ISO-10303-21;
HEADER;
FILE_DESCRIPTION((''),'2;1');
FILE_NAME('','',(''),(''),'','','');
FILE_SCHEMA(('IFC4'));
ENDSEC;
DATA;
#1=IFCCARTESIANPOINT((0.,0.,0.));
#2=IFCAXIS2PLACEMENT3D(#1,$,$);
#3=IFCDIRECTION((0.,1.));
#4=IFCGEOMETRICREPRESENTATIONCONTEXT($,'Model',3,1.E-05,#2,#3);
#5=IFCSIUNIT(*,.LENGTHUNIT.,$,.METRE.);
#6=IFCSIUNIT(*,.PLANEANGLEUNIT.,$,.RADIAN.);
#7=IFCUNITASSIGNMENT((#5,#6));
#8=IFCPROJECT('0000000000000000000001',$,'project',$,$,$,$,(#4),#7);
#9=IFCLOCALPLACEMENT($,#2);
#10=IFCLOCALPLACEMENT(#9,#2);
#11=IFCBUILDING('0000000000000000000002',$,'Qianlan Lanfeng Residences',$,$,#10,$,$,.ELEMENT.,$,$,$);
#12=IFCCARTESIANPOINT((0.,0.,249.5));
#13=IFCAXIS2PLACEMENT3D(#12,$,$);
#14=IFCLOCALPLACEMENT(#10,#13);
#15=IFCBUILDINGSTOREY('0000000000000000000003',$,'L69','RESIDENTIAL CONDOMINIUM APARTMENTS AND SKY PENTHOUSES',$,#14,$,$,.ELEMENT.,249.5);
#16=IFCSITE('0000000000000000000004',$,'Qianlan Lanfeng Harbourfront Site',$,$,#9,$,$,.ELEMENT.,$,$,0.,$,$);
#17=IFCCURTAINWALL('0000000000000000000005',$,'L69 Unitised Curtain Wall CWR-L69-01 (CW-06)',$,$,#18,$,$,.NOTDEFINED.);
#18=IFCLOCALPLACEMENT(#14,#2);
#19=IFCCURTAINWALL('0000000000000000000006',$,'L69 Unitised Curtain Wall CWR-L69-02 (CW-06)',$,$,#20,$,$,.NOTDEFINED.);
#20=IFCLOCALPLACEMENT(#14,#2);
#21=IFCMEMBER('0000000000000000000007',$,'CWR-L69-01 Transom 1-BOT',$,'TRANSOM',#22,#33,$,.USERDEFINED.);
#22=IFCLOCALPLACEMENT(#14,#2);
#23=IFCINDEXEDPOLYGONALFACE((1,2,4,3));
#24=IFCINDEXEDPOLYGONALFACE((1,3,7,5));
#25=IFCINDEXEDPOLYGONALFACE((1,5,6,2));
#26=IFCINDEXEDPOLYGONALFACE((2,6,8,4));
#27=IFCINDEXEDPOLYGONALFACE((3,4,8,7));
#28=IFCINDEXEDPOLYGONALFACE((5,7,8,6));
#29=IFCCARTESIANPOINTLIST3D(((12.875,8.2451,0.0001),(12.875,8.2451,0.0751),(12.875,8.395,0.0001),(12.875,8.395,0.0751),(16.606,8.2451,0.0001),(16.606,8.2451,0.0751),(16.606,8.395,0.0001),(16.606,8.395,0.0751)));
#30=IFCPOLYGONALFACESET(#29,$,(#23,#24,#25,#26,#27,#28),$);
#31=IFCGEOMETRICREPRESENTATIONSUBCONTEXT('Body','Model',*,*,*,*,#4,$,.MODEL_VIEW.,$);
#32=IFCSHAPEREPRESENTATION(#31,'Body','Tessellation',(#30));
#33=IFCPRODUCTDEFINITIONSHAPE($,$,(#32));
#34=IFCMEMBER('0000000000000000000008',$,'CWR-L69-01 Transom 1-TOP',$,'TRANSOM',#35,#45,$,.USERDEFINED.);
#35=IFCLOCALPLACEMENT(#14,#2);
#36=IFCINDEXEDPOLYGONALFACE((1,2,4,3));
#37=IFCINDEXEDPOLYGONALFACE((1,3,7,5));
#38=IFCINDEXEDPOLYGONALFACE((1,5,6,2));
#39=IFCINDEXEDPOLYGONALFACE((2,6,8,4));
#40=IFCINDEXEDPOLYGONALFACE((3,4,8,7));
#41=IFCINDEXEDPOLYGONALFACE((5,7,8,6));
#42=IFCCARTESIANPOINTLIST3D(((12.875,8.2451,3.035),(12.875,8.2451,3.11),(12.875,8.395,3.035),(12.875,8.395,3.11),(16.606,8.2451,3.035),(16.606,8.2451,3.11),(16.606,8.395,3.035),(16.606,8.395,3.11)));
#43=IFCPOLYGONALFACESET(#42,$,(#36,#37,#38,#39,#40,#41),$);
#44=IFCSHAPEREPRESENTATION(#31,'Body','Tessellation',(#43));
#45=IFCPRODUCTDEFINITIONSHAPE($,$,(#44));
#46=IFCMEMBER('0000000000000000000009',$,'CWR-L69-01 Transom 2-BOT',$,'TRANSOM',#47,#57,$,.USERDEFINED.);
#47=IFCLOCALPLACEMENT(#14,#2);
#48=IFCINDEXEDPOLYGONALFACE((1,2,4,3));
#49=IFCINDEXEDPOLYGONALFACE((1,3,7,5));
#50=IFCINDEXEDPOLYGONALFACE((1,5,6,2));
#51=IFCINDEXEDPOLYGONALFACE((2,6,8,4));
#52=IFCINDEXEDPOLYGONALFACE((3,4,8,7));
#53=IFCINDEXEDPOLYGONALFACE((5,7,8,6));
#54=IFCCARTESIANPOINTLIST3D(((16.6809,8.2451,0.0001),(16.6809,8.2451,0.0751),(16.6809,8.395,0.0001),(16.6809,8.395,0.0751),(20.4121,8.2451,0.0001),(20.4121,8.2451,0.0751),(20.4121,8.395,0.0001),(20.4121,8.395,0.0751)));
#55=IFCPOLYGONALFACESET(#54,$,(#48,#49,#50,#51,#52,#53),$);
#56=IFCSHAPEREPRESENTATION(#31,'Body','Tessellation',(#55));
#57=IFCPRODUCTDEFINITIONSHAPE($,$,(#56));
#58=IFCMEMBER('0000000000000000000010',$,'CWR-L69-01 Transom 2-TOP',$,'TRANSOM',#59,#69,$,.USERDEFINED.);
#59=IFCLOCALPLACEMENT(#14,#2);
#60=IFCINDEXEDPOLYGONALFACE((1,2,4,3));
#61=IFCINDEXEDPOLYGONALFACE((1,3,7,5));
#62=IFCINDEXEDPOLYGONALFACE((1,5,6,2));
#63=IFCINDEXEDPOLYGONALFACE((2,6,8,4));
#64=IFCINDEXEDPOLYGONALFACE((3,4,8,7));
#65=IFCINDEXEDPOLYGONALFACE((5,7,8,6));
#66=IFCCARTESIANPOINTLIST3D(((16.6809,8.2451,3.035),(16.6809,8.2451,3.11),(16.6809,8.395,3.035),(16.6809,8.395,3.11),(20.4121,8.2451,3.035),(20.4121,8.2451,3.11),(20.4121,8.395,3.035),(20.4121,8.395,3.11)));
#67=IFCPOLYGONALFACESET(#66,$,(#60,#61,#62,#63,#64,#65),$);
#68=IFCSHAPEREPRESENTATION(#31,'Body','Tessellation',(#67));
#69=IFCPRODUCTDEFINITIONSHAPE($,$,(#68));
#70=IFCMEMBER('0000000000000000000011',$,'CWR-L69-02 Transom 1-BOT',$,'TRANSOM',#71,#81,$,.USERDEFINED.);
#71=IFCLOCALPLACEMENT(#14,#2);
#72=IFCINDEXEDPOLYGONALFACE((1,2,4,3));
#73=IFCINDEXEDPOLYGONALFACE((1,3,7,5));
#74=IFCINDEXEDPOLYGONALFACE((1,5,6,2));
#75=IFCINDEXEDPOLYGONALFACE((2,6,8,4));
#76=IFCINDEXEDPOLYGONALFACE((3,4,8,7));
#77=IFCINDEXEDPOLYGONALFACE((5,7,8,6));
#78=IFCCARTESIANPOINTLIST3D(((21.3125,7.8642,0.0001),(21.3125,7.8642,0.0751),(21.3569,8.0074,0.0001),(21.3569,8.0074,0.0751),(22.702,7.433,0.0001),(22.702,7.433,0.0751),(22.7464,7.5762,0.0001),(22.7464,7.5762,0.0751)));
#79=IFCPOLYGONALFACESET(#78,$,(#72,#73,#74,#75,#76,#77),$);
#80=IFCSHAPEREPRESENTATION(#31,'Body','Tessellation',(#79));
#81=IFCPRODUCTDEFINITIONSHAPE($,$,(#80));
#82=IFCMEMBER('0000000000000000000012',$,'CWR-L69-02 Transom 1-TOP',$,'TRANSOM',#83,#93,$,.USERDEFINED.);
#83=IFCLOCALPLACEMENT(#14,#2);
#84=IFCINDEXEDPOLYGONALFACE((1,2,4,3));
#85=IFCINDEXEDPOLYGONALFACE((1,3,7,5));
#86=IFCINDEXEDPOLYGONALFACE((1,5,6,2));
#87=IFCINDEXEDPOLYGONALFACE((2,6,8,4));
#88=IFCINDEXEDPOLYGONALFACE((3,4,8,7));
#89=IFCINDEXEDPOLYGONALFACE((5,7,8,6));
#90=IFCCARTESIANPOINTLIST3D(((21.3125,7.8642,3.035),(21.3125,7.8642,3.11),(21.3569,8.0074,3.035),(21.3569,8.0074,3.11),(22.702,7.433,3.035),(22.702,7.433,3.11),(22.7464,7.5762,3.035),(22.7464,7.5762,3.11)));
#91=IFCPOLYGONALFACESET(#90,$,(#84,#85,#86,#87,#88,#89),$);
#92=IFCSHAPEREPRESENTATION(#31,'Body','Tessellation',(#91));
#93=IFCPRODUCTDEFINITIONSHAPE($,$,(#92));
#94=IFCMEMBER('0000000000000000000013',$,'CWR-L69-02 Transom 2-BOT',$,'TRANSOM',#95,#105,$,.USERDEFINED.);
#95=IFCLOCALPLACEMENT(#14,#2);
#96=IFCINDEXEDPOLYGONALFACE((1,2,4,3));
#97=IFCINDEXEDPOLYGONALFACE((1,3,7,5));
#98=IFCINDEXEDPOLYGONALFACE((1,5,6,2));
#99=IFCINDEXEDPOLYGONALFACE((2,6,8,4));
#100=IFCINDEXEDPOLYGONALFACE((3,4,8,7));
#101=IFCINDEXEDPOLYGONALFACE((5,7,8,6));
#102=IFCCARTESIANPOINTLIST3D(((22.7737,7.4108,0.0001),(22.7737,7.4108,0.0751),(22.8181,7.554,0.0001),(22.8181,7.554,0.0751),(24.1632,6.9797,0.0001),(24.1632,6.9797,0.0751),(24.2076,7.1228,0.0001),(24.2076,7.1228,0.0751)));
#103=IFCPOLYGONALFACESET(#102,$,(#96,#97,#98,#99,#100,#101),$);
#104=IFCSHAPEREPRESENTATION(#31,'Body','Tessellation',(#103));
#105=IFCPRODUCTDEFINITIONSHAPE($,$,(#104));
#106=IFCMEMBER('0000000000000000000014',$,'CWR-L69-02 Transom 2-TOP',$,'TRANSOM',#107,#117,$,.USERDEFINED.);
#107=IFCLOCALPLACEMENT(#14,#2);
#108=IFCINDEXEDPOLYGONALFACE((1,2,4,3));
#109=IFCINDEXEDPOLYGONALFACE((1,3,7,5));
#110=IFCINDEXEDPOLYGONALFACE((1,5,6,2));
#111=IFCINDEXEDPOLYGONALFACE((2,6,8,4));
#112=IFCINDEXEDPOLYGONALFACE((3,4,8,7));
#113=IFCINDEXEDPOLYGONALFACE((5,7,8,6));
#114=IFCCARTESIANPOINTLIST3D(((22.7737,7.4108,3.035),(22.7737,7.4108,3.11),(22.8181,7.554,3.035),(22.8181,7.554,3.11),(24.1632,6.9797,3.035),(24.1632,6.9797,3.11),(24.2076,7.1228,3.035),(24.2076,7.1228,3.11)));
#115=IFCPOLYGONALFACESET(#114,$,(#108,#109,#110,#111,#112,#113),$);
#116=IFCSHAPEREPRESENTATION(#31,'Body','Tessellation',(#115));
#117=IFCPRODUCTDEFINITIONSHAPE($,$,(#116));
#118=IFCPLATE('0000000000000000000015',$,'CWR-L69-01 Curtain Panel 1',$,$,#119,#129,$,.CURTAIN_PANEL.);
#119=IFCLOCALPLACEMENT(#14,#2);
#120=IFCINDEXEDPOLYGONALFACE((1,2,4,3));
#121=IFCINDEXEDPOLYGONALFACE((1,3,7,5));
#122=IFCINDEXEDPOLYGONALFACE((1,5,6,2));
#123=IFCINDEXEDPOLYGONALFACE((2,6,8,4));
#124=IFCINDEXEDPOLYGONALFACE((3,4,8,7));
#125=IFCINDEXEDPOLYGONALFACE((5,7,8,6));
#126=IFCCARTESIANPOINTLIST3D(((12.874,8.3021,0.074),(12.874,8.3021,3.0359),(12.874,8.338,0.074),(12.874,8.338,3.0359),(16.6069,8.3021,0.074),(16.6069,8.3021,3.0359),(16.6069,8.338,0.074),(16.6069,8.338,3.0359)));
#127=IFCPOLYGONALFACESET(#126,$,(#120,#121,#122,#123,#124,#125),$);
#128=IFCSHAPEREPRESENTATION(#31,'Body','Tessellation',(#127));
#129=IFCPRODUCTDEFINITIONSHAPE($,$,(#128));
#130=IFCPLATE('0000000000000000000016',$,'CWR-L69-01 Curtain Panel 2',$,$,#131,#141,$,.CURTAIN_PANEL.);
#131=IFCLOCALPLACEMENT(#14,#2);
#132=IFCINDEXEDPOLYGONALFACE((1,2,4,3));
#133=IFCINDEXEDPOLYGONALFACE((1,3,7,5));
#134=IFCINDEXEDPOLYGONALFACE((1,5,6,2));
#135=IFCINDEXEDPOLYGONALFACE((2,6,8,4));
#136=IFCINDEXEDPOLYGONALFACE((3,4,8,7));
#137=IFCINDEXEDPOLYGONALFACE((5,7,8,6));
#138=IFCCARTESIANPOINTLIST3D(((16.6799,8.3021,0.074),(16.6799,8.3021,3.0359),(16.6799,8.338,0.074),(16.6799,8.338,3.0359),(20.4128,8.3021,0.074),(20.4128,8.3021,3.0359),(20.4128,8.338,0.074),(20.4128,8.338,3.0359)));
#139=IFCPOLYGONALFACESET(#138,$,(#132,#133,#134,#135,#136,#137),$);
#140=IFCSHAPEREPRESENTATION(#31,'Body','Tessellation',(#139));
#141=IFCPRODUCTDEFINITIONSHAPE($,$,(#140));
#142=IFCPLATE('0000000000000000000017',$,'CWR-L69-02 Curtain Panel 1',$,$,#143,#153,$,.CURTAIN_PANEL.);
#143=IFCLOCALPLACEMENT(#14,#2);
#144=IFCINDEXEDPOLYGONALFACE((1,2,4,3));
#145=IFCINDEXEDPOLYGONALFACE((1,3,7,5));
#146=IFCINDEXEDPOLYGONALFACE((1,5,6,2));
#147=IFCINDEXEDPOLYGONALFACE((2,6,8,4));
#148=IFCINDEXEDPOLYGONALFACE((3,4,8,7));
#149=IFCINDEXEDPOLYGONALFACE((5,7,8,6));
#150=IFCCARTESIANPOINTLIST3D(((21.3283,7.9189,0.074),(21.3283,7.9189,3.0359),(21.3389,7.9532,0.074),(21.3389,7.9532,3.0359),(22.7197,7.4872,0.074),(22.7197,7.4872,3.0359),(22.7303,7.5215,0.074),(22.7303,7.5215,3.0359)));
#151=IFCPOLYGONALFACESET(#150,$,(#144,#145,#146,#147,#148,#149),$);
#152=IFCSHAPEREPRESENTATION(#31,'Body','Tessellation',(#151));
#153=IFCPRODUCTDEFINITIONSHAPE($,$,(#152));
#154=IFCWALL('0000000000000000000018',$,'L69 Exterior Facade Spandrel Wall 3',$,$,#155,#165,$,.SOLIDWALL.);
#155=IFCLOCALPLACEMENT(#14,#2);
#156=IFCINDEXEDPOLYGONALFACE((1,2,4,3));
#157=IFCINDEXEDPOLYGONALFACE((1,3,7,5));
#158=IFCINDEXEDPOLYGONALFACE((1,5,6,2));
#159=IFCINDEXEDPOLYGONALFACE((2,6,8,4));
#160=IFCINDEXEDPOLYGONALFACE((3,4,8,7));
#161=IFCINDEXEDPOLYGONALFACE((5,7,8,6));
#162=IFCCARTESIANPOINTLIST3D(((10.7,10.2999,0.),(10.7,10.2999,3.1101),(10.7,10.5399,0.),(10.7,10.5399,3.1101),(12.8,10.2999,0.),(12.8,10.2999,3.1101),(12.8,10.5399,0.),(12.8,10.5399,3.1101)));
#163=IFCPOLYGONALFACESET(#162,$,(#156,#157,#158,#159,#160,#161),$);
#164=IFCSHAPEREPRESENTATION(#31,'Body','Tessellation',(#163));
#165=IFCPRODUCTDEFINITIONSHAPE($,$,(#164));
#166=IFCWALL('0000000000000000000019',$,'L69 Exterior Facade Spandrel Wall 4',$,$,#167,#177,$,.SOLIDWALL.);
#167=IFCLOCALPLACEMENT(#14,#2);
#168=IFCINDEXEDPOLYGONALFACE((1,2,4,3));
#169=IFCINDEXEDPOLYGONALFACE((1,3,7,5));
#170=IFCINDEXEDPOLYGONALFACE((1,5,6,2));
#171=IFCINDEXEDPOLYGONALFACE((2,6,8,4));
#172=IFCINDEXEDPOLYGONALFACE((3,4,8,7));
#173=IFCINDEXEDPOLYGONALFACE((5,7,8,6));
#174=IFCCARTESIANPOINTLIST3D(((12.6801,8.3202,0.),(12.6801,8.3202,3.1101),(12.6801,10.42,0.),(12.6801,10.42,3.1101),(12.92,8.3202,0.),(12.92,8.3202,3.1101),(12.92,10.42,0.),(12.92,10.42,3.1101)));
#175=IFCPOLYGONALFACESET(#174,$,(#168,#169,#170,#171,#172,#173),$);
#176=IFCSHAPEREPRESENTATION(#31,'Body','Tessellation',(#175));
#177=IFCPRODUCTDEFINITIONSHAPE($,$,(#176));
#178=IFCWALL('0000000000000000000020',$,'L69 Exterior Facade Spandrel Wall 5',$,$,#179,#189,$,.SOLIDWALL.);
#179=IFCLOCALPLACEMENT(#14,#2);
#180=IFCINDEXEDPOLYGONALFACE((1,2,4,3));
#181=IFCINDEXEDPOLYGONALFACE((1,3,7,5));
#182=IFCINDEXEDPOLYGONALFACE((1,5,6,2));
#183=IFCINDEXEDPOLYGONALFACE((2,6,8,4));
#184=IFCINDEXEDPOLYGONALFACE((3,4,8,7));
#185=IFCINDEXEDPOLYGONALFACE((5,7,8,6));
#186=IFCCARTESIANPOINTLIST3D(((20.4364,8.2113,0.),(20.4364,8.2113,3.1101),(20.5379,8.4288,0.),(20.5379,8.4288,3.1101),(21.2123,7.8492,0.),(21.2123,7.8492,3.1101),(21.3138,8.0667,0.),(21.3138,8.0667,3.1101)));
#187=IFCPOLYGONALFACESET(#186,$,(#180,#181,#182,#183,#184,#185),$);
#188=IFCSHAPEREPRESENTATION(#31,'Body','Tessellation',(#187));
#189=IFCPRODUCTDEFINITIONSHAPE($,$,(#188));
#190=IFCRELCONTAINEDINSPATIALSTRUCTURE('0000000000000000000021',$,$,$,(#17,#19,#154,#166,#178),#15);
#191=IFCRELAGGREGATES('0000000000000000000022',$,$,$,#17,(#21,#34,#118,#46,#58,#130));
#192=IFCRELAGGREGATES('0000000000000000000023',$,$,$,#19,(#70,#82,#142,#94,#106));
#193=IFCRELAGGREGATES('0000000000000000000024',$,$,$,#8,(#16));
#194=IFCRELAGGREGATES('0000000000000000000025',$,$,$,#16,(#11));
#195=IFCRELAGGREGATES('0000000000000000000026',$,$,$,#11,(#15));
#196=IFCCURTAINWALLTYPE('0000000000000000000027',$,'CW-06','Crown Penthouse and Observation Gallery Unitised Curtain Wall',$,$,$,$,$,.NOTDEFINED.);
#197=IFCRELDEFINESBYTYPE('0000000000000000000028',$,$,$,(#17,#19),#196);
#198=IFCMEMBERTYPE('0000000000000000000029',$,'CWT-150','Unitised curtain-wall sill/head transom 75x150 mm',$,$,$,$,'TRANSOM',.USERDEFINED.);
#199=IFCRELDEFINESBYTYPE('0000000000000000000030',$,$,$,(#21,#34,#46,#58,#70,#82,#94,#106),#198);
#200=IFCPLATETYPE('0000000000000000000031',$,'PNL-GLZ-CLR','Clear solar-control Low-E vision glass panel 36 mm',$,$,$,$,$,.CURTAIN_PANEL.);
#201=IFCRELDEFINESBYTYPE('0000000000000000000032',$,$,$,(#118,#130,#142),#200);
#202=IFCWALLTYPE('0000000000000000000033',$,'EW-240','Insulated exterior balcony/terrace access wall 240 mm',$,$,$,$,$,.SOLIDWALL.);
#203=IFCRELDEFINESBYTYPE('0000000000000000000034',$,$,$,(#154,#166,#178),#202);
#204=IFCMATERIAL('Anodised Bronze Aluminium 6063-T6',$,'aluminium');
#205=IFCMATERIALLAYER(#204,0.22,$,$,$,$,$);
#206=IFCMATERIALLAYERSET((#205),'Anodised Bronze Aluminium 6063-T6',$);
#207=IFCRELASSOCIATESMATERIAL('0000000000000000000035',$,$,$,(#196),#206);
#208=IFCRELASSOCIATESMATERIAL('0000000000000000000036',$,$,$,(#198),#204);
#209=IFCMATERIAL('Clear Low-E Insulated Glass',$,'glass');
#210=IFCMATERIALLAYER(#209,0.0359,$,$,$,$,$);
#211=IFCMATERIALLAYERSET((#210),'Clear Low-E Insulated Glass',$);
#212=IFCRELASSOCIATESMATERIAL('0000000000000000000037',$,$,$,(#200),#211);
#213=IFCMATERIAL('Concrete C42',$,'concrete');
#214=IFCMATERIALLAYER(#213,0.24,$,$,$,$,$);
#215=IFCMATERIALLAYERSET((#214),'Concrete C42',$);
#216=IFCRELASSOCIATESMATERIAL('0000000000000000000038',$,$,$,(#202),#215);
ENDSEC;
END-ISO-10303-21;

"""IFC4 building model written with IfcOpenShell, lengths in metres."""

from ifc_helpers import new_model, si_unit, direction, frame, frame_2d, origin, origin_2d, place, context, subcontext, project, spatial, rectangle, extrude, source, transform, mapped, material, layer, layer_set, material_profile, profile_set, type_object, element, aggregate, save


model = new_model("IFC4")

# Units and contexts
model_context = context("Model", 3, precision=1e-05, world=origin(), true_north=direction((0.0, 1.0)))
body_context = subcontext(model_context, "Body", "Model", "MODEL_VIEW")
ifc_project = project(units=[si_unit("LENGTHUNIT", "METRE"), si_unit("PLANEANGLEUNIT", "RADIAN")], contexts=[model_context])

# Site, building, storey
site_placement = place(None, origin())
site = spatial("IfcSite", under=ifc_project, at=site_placement, Name="Qianlan Lanfeng Harbourfront Site", CompositionType="ELEMENT", RefElevation=0.0)
building_placement = place(site_placement, origin())
building = spatial("IfcBuilding", under=site, at=building_placement, Name="Qianlan Lanfeng Residences", CompositionType="ELEMENT")
storey_placement = place(building_placement, frame((0.0, 0.0, 249.5)))
storey = spatial("IfcBuildingStorey", under=building, at=storey_placement, Name="L69", Description="RESIDENTIAL CONDOMINIUM APARTMENTS AND SKY PENTHOUSES", CompositionType="ELEMENT", Elevation=249.5)

# Curtain walls
ifc_material_1 = material(Name="Anodised Bronze Aluminium 6063-T6", Category="aluminium")
ifc_layer_1 = layer(ifc_material_1, 0.22)
ifc_layer_set_1 = layer_set([ifc_layer_1], Name="Anodised Bronze Aluminium 6063-T6")
curtain_wall_type = type_object("IfcCurtainWallType", Name="CW-06", Description="Crown Penthouse and Observation Gallery Unitised Curtain Wall", PredefinedType="NOTDEFINED", material=ifc_layer_set_1)
curtain_wall_1_placement = place(storey_placement, origin())
curtain_wall_1 = element("IfcCurtainWall", 1, at=curtain_wall_1_placement, inside=storey, type_object=curtain_wall_type, Name="L69 Unitised Curtain Wall CWR-L69-01 (CW-06)", PredefinedType="NOTDEFINED")
curtain_wall_2_placement = place(storey_placement, origin())
curtain_wall_2 = element("IfcCurtainWall", 2, at=curtain_wall_2_placement, inside=storey, type_object=curtain_wall_type, Name="L69 Unitised Curtain Wall CWR-L69-02 (CW-06)", PredefinedType="NOTDEFINED")

# Members
ifc_material_profile_1 = material_profile(ifc_material_1, rectangle(XDim=0.075, YDim=0.1499, at=origin_2d()), Name="ALU TRANSOM 75x150")
ifc_profile_set_1 = profile_set([ifc_material_profile_1], Name="Anodised Bronze Aluminium 6063-T6")
member_type_1 = type_object("IfcMemberType", Name="CWT-150", Description="Unitised curtain-wall sill/head transom 75x150 mm", ElementType="TRANSOM", PredefinedType="USERDEFINED", material=ifc_profile_set_1)
shared_shape_1 = source(origin(), body_context, "Body", "SweptSolid", [
    extrude(rectangle(XDim=0.075, YDim=0.1499, at=origin_2d()), origin(), (0.0, 0.0, 1.0), 3.731),
])
member_1_placement = place(storey_placement, frame((12.875, 8.3201, 0.0376), z_axis=(1.0, 0.0, 0.0), x_axis=(0.0, 0.0, 1.0)))
member_1 = element("IfcMember", 3, at=member_1_placement, type_object=member_type_1, Name="CWR-L69-01 Transom 1-BOT", ObjectType="TRANSOM", PredefinedType="USERDEFINED", context=body_context, shape_type="MappedRepresentation", body=[
    mapped(shared_shape_1, transform((0.0, 0.0, 0.0), scale=1.0)),
])
member_2_placement = place(storey_placement, frame((12.875, 8.3201, 3.0725), z_axis=(1.0, 0.0, 0.0), x_axis=(0.0, 0.0, 1.0)))
member_2 = element("IfcMember", 4, at=member_2_placement, type_object=member_type_1, Name="CWR-L69-01 Transom 1-TOP", ObjectType="TRANSOM", PredefinedType="USERDEFINED", context=body_context, shape_type="MappedRepresentation", body=[
    mapped(shared_shape_1, transform((0.0, 0.0, 0.0), scale=1.0)),
])
shared_shape_2 = source(origin(), body_context, "Body", "SweptSolid", [
    extrude(rectangle(XDim=0.075, YDim=0.1499, at=origin_2d()), origin(), (0.0, 0.0, 1.0), 3.7312),
])
member_3_placement = place(storey_placement, frame((16.6809, 8.3201, 0.0376), z_axis=(1.0, 0.0, 0.0), x_axis=(0.0, 0.0, 1.0)))
member_3 = element("IfcMember", 5, at=member_3_placement, type_object=member_type_1, Name="CWR-L69-01 Transom 2-BOT", ObjectType="TRANSOM", PredefinedType="USERDEFINED", context=body_context, shape_type="MappedRepresentation", body=[
    mapped(shared_shape_2, transform((0.0, 0.0, 0.0), scale=1.0)),
])
member_4_placement = place(storey_placement, frame((16.6809, 8.3201, 3.0725), z_axis=(1.0, 0.0, 0.0), x_axis=(0.0, 0.0, 1.0)))
member_4 = element("IfcMember", 6, at=member_4_placement, type_object=member_type_1, Name="CWR-L69-01 Transom 2-TOP", ObjectType="TRANSOM", PredefinedType="USERDEFINED", context=body_context, shape_type="MappedRepresentation", body=[
    mapped(shared_shape_2, transform((0.0, 0.0, 0.0), scale=1.0)),
])
shared_shape_3 = source(origin(), body_context, "Body", "SweptSolid", [
    extrude(rectangle(XDim=0.075, YDim=0.1499, at=origin_2d()), origin(), (0.0, 0.0, 1.0), 1.4548),
])
member_5_placement = place(storey_placement, frame((21.3347, 7.9358, 0.0376), z_axis=(0.955072, -0.296373, 0.0), x_axis=(0.0, 0.0, 1.0)))
member_5 = element("IfcMember", 7, at=member_5_placement, type_object=member_type_1, Name="CWR-L69-02 Transom 1-BOT", ObjectType="TRANSOM", PredefinedType="USERDEFINED", context=body_context, shape_type="MappedRepresentation", body=[
    mapped(shared_shape_3, transform((0.0, 0.0, 0.0), scale=1.0)),
])
member_6_placement = place(storey_placement, frame((21.3347, 7.9358, 3.0725), z_axis=(0.955072, -0.296373, 0.0), x_axis=(0.0, 0.0, 1.0)))
member_6 = element("IfcMember", 8, at=member_6_placement, type_object=member_type_1, Name="CWR-L69-02 Transom 1-TOP", ObjectType="TRANSOM", PredefinedType="USERDEFINED", context=body_context, shape_type="MappedRepresentation", body=[
    mapped(shared_shape_3, transform((0.0, 0.0, 0.0), scale=1.0)),
])
member_7_placement = place(storey_placement, frame((22.7959, 7.4824, 0.0376), z_axis=(0.955072, -0.296373, 0.0), x_axis=(0.0, 0.0, 1.0)))
member_7 = element("IfcMember", 9, at=member_7_placement, type_object=member_type_1, Name="CWR-L69-02 Transom 2-BOT", ObjectType="TRANSOM", PredefinedType="USERDEFINED", context=body_context, shape_type="MappedRepresentation", body=[
    mapped(shared_shape_3, transform((0.0, 0.0, 0.0), scale=1.0)),
])
member_8_placement = place(storey_placement, frame((22.7959, 7.4824, 3.0725), z_axis=(0.955072, -0.296373, 0.0), x_axis=(0.0, 0.0, 1.0)))
member_8 = element("IfcMember", 10, at=member_8_placement, type_object=member_type_1, Name="CWR-L69-02 Transom 2-TOP", ObjectType="TRANSOM", PredefinedType="USERDEFINED", context=body_context, shape_type="MappedRepresentation", body=[
    mapped(shared_shape_3, transform((0.0, 0.0, 0.0), scale=1.0)),
])

# Plates
ifc_material_2 = material(Name="Clear Low-E Insulated Glass", Category="glass")
ifc_layer_2 = layer(ifc_material_2, 0.0359)
ifc_layer_set_2 = layer_set([ifc_layer_2], Name="Clear Low-E Insulated Glass")
plate_type = type_object("IfcPlateType", Name="PNL-GLZ-CLR", Description="Clear solar-control Low-E vision glass panel 36 mm", PredefinedType="CURTAIN_PANEL", material=ifc_layer_set_2)
shared_shape_4 = source(origin(), body_context, "Body", "SweptSolid", [
    extrude(rectangle(XDim=3.7329, YDim=0.0359, at=origin_2d()), origin(), (0.0, 0.0, 1.0), 2.9619),
])
plate_1_placement = place(storey_placement, frame((14.7405, 8.3201, 0.074), z_axis=(0.0, 0.0, 1.0), x_axis=(1.0, 0.0, 0.0)))
plate_1 = element("IfcPlate", 11, at=plate_1_placement, type_object=plate_type, Name="CWR-L69-01 Curtain Panel 1", PredefinedType="CURTAIN_PANEL", context=body_context, shape_type="MappedRepresentation", body=[
    mapped(shared_shape_4, transform((0.0, 0.0, 0.0), scale=1.0)),
])
plate_2_placement = place(storey_placement, frame((18.5464, 8.3201, 0.074), z_axis=(0.0, 0.0, 1.0), x_axis=(1.0, 0.0, 0.0)))
plate_2 = element("IfcPlate", 12, at=plate_2_placement, type_object=plate_type, Name="CWR-L69-01 Curtain Panel 2", PredefinedType="CURTAIN_PANEL", context=body_context, shape_type="MappedRepresentation", body=[
    mapped(shared_shape_4, transform((0.0, 0.0, 0.0), scale=1.0)),
])
aggregate(curtain_wall_1, [member_1, member_2, plate_1, member_3, member_4, plate_2])
shared_shape_5 = source(origin(), body_context, "Body", "SweptSolid", [
    extrude(rectangle(XDim=1.4568, YDim=0.0359, at=origin_2d()), origin(), (0.0, 0.0, 1.0), 2.9619),
])
plate_3_placement = place(storey_placement, frame((22.0293, 7.7202, 0.074), z_axis=(0.0, 0.0, 1.0), x_axis=(0.95508, -0.296348, 0.0)))
plate_3 = element("IfcPlate", 13, at=plate_3_placement, type_object=plate_type, Name="CWR-L69-02 Curtain Panel 1", PredefinedType="CURTAIN_PANEL", context=body_context, shape_type="MappedRepresentation", body=[
    mapped(shared_shape_5, transform((0.0, 0.0, 0.0), scale=1.0)),
])
aggregate(curtain_wall_2, [member_5, member_6, plate_3, member_7, member_8])

# Walls
ifc_material_3 = material(Name="Concrete C42", Category="concrete")
ifc_layer_3 = layer(ifc_material_3, 0.24)
ifc_layer_set_3 = layer_set([ifc_layer_3], Name="Concrete C42")
wall_type_1 = type_object("IfcWallType", Name="EW-240", Description="Insulated exterior balcony/terrace access wall 240 mm", PredefinedType="SOLIDWALL", material=ifc_layer_set_3)
wall_1_placement = place(storey_placement, frame((10.7, 10.4199, 0.0), z_axis=(0.0, 0.0, 1.0), x_axis=(1.0, 0.0, 0.0)))
element("IfcWall", 14, at=wall_1_placement, inside=storey, type_object=wall_type_1, Name="L69 Exterior Facade Spandrel Wall 3", PredefinedType="SOLIDWALL", context=body_context, shape_type="SweptSolid", body=[
    extrude(rectangle(XDim=2.1001, YDim=0.24, at=frame_2d((1.05, 0.0))), origin(), (0.0, 0.0, 1.0), 3.1101),
])
wall_2_placement = place(storey_placement, frame((12.8, 10.4199, 0.0), z_axis=(0.0, 0.0, 1.0), x_axis=(0.0, -1.0, 0.0)))
element("IfcWall", 15, at=wall_2_placement, inside=storey, type_object=wall_type_1, Name="L69 Exterior Facade Spandrel Wall 4", PredefinedType="SOLIDWALL", context=body_context, shape_type="SweptSolid", body=[
    extrude(rectangle(XDim=2.0999, YDim=0.24, at=frame_2d((1.0498, 0.0))), origin(), (0.0, 0.0, 1.0), 3.1101),
])
wall_3_placement = place(storey_placement, frame((20.4871, 8.3201, 0.0), z_axis=(0.0, 0.0, 1.0), x_axis=(0.90619, -0.42287, 0.0)))
element("IfcWall", 16, at=wall_3_placement, inside=storey, type_object=wall_type_1, Name="L69 Exterior Facade Spandrel Wall 5", PredefinedType="SOLIDWALL", context=body_context, shape_type="SweptSolid", body=[
    extrude(rectangle(XDim=0.8562, YDim=0.24, at=frame_2d((0.4282, 0.0))), origin(), (0.0, 0.0, 1.0), 3.1101),
])

save(model, "model.ifc")
